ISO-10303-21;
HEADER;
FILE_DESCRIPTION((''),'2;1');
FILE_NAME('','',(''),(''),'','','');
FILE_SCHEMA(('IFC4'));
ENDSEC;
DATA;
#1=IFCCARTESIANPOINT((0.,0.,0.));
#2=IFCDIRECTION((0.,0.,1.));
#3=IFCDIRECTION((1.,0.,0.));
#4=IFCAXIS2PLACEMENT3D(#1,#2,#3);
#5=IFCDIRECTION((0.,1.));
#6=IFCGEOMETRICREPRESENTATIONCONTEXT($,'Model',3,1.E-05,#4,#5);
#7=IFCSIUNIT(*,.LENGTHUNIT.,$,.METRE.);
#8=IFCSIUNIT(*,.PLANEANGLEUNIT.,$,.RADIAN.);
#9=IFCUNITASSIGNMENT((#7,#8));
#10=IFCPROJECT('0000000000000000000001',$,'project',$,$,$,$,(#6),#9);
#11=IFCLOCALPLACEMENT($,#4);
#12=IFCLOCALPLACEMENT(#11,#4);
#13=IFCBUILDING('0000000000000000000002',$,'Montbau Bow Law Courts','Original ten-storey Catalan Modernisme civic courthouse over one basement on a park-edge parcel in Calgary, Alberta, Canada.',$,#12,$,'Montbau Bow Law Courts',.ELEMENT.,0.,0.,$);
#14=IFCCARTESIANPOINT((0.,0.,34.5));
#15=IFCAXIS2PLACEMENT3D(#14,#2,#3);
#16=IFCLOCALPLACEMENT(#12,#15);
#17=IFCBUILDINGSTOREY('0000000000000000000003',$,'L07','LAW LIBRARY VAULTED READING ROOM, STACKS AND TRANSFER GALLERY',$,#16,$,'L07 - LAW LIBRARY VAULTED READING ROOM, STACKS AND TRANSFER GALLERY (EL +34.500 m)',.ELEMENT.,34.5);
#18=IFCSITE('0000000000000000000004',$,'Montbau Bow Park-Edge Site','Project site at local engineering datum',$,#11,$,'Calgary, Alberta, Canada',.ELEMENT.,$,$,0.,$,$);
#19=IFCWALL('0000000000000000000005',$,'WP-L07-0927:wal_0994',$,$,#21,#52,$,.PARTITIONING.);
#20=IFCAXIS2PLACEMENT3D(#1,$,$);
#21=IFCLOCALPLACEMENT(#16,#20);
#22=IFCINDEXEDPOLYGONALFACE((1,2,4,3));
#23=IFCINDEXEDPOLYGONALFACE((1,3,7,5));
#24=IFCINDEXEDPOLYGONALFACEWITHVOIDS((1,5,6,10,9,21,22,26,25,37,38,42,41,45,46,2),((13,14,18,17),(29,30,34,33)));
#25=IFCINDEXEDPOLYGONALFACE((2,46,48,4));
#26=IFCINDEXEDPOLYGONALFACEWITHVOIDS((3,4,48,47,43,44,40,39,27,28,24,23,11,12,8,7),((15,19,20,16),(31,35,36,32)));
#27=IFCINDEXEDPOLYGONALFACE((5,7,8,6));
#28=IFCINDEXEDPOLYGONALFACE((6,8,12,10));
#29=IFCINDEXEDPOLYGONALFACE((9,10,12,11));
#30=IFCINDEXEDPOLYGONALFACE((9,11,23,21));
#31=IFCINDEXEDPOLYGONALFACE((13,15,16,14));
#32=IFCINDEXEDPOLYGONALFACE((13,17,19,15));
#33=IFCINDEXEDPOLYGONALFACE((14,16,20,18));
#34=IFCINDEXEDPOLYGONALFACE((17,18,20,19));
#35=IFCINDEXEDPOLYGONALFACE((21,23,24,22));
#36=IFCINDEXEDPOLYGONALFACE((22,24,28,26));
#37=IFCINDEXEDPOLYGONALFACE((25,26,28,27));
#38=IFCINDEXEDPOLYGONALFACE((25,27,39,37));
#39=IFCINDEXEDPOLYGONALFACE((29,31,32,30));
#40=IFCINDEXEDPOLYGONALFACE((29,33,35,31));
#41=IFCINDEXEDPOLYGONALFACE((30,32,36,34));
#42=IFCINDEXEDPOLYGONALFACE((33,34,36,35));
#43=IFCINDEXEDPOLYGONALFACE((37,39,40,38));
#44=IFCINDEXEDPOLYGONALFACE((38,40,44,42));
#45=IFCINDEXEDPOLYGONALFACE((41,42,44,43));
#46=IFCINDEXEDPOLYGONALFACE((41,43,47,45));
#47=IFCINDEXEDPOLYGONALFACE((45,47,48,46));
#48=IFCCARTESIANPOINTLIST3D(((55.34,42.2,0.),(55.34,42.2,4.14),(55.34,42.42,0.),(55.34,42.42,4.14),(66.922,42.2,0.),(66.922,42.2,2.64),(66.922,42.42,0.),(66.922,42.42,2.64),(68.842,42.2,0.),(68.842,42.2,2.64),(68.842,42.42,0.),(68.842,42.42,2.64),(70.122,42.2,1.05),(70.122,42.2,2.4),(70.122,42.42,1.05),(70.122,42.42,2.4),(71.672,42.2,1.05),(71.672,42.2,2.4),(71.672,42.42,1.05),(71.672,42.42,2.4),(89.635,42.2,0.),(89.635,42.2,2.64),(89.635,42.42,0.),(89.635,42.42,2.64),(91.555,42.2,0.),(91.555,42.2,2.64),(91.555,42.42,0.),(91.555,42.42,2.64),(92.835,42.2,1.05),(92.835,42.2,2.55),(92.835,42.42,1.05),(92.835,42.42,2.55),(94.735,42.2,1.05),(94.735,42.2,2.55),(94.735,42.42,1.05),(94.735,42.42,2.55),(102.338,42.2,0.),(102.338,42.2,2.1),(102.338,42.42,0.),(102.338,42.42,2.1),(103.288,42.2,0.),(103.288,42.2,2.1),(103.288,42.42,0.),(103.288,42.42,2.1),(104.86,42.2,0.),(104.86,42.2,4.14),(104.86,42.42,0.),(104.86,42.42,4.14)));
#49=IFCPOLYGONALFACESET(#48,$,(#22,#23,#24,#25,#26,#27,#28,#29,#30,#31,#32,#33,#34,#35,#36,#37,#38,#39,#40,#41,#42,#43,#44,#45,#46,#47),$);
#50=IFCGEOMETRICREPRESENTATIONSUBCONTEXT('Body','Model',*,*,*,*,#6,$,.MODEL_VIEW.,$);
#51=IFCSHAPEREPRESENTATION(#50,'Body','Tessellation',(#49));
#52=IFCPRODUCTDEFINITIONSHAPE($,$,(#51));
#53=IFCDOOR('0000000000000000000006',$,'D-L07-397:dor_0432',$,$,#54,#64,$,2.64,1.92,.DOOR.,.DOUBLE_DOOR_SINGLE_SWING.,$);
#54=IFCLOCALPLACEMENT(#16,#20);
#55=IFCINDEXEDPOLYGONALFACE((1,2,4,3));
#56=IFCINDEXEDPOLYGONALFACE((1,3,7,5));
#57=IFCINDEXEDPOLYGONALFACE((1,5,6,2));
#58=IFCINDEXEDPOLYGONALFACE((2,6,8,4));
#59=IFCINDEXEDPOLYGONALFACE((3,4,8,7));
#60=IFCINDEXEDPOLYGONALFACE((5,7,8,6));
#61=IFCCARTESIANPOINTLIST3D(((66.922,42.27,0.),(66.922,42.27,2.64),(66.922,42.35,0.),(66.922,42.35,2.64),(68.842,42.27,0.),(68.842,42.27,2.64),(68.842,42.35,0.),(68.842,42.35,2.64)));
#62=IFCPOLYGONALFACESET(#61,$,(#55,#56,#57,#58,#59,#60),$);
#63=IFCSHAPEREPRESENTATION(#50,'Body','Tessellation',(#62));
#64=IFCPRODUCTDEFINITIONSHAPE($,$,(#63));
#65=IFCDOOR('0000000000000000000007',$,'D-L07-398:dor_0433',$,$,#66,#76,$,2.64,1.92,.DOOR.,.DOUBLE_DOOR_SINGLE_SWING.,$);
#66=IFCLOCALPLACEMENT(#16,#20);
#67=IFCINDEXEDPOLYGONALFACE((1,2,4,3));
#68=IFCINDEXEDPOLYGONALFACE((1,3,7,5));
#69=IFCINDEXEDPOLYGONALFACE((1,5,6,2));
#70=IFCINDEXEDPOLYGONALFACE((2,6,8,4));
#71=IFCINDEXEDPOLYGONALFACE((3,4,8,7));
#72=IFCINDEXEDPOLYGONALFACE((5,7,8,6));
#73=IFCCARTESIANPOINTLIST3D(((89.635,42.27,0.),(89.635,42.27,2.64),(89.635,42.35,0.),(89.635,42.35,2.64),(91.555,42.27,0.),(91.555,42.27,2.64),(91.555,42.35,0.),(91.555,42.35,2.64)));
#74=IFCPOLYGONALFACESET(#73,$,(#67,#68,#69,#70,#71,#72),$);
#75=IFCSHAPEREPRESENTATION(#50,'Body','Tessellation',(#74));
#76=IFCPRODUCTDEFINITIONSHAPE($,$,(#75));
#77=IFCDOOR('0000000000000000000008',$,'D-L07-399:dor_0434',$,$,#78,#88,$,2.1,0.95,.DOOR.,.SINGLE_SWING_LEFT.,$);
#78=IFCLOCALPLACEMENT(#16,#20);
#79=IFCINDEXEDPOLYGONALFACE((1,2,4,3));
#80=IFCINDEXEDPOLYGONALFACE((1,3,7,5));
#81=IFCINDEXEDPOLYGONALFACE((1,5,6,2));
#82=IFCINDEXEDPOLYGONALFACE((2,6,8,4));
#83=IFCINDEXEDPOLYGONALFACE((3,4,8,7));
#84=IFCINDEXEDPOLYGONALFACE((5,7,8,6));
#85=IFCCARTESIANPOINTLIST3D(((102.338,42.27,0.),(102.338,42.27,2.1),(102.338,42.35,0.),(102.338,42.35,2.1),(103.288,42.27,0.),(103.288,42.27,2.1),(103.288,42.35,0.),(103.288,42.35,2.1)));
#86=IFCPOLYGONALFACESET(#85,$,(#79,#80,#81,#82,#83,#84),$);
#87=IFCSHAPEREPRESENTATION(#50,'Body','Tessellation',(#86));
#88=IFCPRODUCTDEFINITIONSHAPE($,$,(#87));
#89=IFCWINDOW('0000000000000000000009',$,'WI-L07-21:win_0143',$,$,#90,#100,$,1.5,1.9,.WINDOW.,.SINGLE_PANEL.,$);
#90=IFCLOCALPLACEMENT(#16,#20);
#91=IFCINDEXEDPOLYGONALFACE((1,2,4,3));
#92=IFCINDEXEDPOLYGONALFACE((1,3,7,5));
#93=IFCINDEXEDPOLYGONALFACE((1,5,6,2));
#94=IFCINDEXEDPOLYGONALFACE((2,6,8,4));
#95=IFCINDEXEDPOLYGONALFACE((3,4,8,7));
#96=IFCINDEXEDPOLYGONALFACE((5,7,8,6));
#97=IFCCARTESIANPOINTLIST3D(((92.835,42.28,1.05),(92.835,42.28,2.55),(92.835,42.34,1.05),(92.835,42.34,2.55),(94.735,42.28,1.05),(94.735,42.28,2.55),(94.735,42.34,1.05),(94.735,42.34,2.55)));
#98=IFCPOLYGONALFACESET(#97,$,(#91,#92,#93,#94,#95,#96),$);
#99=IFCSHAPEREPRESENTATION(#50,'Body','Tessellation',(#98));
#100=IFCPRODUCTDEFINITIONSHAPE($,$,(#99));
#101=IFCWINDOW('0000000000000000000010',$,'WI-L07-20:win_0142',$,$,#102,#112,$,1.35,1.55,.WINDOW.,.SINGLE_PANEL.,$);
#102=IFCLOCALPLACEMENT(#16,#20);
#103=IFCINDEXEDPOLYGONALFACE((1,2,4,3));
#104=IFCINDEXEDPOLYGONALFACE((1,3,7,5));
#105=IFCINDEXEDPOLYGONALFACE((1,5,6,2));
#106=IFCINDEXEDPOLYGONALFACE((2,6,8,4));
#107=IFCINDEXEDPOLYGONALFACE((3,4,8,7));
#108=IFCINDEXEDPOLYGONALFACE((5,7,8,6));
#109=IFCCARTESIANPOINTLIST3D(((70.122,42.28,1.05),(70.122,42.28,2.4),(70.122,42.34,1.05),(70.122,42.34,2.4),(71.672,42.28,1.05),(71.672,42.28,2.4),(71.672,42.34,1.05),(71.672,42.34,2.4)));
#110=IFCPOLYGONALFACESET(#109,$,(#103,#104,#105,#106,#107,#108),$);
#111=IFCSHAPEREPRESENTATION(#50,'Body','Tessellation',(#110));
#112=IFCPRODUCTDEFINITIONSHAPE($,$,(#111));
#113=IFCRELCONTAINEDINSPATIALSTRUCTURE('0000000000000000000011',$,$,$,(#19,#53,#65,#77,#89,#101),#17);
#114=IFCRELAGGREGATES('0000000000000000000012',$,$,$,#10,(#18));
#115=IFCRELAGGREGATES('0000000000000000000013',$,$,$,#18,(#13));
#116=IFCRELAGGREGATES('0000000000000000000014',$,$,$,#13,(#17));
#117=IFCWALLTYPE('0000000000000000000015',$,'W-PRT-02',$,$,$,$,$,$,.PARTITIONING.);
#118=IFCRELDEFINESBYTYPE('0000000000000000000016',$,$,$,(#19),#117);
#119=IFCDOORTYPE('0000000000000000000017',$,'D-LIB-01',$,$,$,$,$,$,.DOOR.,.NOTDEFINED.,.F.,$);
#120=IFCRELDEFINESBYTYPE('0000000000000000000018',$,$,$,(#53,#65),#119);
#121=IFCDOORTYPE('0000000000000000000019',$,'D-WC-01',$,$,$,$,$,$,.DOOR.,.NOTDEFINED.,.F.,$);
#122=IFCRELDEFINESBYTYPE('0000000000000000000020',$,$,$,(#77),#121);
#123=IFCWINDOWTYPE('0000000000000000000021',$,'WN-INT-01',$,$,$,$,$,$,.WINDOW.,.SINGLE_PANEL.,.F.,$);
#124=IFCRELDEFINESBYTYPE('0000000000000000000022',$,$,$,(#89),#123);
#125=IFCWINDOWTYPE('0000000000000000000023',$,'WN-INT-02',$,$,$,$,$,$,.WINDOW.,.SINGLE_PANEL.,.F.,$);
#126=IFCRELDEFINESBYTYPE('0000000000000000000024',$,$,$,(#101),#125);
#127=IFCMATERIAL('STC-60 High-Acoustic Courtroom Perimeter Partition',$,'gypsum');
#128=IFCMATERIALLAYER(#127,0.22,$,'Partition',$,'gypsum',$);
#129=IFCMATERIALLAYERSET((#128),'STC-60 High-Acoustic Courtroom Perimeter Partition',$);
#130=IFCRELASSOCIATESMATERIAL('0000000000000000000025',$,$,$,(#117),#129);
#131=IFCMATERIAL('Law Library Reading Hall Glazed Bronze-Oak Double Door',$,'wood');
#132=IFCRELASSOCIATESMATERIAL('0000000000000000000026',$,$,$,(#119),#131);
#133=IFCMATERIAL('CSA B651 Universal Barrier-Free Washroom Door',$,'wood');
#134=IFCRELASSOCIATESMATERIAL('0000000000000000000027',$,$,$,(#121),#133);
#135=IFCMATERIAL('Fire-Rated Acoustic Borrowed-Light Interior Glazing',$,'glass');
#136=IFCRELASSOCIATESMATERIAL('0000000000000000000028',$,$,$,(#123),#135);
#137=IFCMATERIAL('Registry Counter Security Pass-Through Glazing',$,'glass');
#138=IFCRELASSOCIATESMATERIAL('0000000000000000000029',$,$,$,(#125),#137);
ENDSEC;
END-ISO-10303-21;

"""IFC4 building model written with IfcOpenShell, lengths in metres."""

from ifc_helpers import new_model, si_unit, direction, frame, frame_2d, origin_with_axes, place, context, subcontext, project, spatial, rectangle, extrude, material, layer, layer_set, type_object, element, fill, save


model = new_model("IFC4")

# Units and contexts
model_context = context("Model", 3, precision=1e-05, world=origin_with_axes(), true_north=direction((0.0, 1.0)))
body_context = subcontext(model_context, "Body", "Model", "MODEL_VIEW")
ifc_project = project(units=[si_unit("LENGTHUNIT", "METRE"), si_unit("PLANEANGLEUNIT", "RADIAN")], contexts=[model_context])

# Site, building, storey
site_placement = place(None, origin_with_axes())
site = spatial("IfcSite", under=ifc_project, at=site_placement, Name="Montbau Bow Park-Edge Site", Description="Project site at local engineering datum", LongName="Calgary, Alberta, Canada", CompositionType="ELEMENT", RefElevation=0.0)
building_placement = place(site_placement, origin_with_axes())
building = spatial("IfcBuilding", under=site, at=building_placement, Name="Montbau Bow Law Courts", Description="Original ten-storey Catalan Modernisme civic courthouse over one basement on a park-edge parcel in Calgary, Alberta, Canada.", LongName="Montbau Bow Law Courts", CompositionType="ELEMENT", ElevationOfRefHeight=0.0, ElevationOfTerrain=0.0)
storey_placement = place(building_placement, frame((0.0, 0.0, 34.5), z_axis=(0.0, 0.0, 1.0), x_axis=(1.0, 0.0, 0.0)))
storey = spatial("IfcBuildingStorey", under=building, at=storey_placement, Name="L07", Description="LAW LIBRARY VAULTED READING ROOM, STACKS AND TRANSFER GALLERY", LongName="L07 - LAW LIBRARY VAULTED READING ROOM, STACKS AND TRANSFER GALLERY (EL +34.500 m)", CompositionType="ELEMENT", Elevation=34.5)

# Wall, openings, doors, windows
ifc_material_1 = material(Name="STC-60 High-Acoustic Courtroom Perimeter Partition", Category="gypsum")
ifc_layer_1 = layer(ifc_material_1, 0.22, Name="Partition", Category="gypsum")
ifc_layer_set_1 = layer_set([ifc_layer_1], Name="STC-60 High-Acoustic Courtroom Perimeter Partition")
wall_type = type_object("IfcWallType", Name="W-PRT-02", PredefinedType="PARTITIONING", material=ifc_layer_set_1)
wall_placement = place(None, frame((55.34, 42.31, 34.5), z_axis=(0.0, 0.0, 1.0), x_axis=(1.0, 0.0, 0.0)))
wall = element("IfcWall", 1, at=wall_placement, inside=storey, type_object=wall_type, Name="WP-L07-0927:wal_0994", PredefinedType="PARTITIONING", context=body_context, shape_type="SweptSolid", body=[
    extrude(rectangle(XDim=49.52, YDim=0.22, at=frame_2d((24.76, 0.0), x_axis=(1.0, 0.0))), origin_with_axes(), (0.0, 0.0, 1.0), 4.14),
])
opening_1_placement = place(None, frame((67.882, 42.31, 34.5), z_axis=(0.0, 0.0, 1.0), x_axis=(1.0, 0.0, 0.0)))
opening_1 = element("IfcOpeningElement", 2, at=opening_1_placement, cuts=wall, PredefinedType="OPENING", context=body_context, shape_type="SweptSolid", body=[
    extrude(rectangle(XDim=1.92, YDim=2.64, at=frame_2d((0.0, 1.32), x_axis=(1.0, 0.0))), frame((0.0, 0.12, 0.0), z_axis=(0.0, -1.0, 0.0), x_axis=(1.0, 0.0, 0.0)), (0.0, 0.0, 1.0), 0.24),
])
opening_2_placement = place(None, frame((90.595, 42.31, 34.5), z_axis=(0.0, 0.0, 1.0), x_axis=(1.0, 0.0, 0.0)))
opening_2 = element("IfcOpeningElement", 3, at=opening_2_placement, cuts=wall, PredefinedType="OPENING", context=body_context, shape_type="SweptSolid", body=[
    extrude(rectangle(XDim=1.92, YDim=2.64, at=frame_2d((0.0, 1.32), x_axis=(1.0, 0.0))), frame((0.0, 0.12, 0.0), z_axis=(0.0, -1.0, 0.0), x_axis=(1.0, 0.0, 0.0)), (0.0, 0.0, 1.0), 0.24),
])
opening_3_placement = place(None, frame((102.813, 42.31, 34.5), z_axis=(0.0, 0.0, 1.0), x_axis=(1.0, 0.0, 0.0)))
opening_3 = element("IfcOpeningElement", 4, at=opening_3_placement, cuts=wall, PredefinedType="OPENING", context=body_context, shape_type="SweptSolid", body=[
    extrude(rectangle(XDim=0.95, YDim=2.1, at=frame_2d((0.0, 1.05), x_axis=(1.0, 0.0))), frame((0.0, 0.12, 0.0), z_axis=(0.0, -1.0, 0.0), x_axis=(1.0, 0.0, 0.0)), (0.0, 0.0, 1.0), 0.24),
])
opening_4_placement = place(None, frame((70.897, 42.31, 35.55), z_axis=(0.0, 0.0, 1.0), x_axis=(1.0, 0.0, 0.0)))
opening_4 = element("IfcOpeningElement", 5, at=opening_4_placement, cuts=wall, PredefinedType="OPENING", context=body_context, shape_type="SweptSolid", body=[
    extrude(rectangle(XDim=1.55, YDim=1.35, at=frame_2d((0.0, 0.675), x_axis=(1.0, 0.0))), frame((0.0, 0.12, 0.0), z_axis=(0.0, -1.0, 0.0), x_axis=(1.0, 0.0, 0.0)), (0.0, 0.0, 1.0), 0.24),
])
opening_5_placement = place(None, frame((93.785, 42.31, 35.55), z_axis=(0.0, 0.0, 1.0), x_axis=(1.0, 0.0, 0.0)))
opening_5 = element("IfcOpeningElement", 6, at=opening_5_placement, cuts=wall, PredefinedType="OPENING", context=body_context, shape_type="SweptSolid", body=[
    extrude(rectangle(XDim=1.9, YDim=1.5, at=frame_2d((0.0, 0.75), x_axis=(1.0, 0.0))), frame((0.0, 0.12, 0.0), z_axis=(0.0, -1.0, 0.0), x_axis=(1.0, 0.0, 0.0)), (0.0, 0.0, 1.0), 0.24),
])
ifc_material_2 = material(Name="Law Library Reading Hall Glazed Bronze-Oak Double Door", Category="wood")
door_type_1 = type_object("IfcDoorType", Name="D-LIB-01", OperationType="NOTDEFINED", ParameterTakesPrecedence=False, PredefinedType="DOOR", material=ifc_material_2)
door_1_placement = place(None, frame((67.882, 42.31, 34.5), z_axis=(0.0, 0.0, 1.0), x_axis=(1.0, 0.0, 0.0)))
door_1 = element("IfcDoor", 7, at=door_1_placement, inside=storey, type_object=door_type_1, Name="D-L07-397:dor_0432", OperationType="DOUBLE_DOOR_SINGLE_SWING", OverallHeight=2.64, OverallWidth=1.92, PredefinedType="DOOR", context=body_context, shape_type="SweptSolid", body=[
    extrude(rectangle(XDim=1.92, YDim=2.64, at=frame_2d((0.0, 1.32), x_axis=(1.0, 0.0))), frame((0.0, 0.04, 0.0), z_axis=(0.0, -1.0, 0.0), x_axis=(1.0, 0.0, 0.0)), (0.0, 0.0, 1.0), 0.08),
])
fill(opening_1, door_1)
door_2_placement = place(None, frame((90.595, 42.31, 34.5), z_axis=(0.0, 0.0, 1.0), x_axis=(1.0, 0.0, 0.0)))
door_2 = element("IfcDoor", 8, at=door_2_placement, inside=storey, type_object=door_type_1, Name="D-L07-398:dor_0433", OperationType="DOUBLE_DOOR_SINGLE_SWING", OverallHeight=2.64, OverallWidth=1.92, PredefinedType="DOOR", context=body_context, shape_type="SweptSolid", body=[
    extrude(rectangle(XDim=1.92, YDim=2.64, at=frame_2d((0.0, 1.32), x_axis=(1.0, 0.0))), frame((0.0, 0.04, 0.0), z_axis=(0.0, -1.0, 0.0), x_axis=(1.0, 0.0, 0.0)), (0.0, 0.0, 1.0), 0.08),
])
fill(opening_2, door_2)
ifc_material_3 = material(Name="CSA B651 Universal Barrier-Free Washroom Door", Category="wood")
door_type_2 = type_object("IfcDoorType", Name="D-WC-01", OperationType="NOTDEFINED", ParameterTakesPrecedence=False, PredefinedType="DOOR", material=ifc_material_3)
door_3_placement = place(None, frame((102.813, 42.31, 34.5), z_axis=(0.0, 0.0, 1.0), x_axis=(1.0, 0.0, 0.0)))
door_3 = element("IfcDoor", 9, at=door_3_placement, inside=storey, type_object=door_type_2, Name="D-L07-399:dor_0434", OperationType="SINGLE_SWING_LEFT", OverallHeight=2.1, OverallWidth=0.95, PredefinedType="DOOR", context=body_context, shape_type="SweptSolid", body=[
    extrude(rectangle(XDim=0.95, YDim=2.1, at=frame_2d((0.0, 1.05), x_axis=(1.0, 0.0))), frame((0.0, 0.04, 0.0), z_axis=(0.0, -1.0, 0.0), x_axis=(1.0, 0.0, 0.0)), (0.0, 0.0, 1.0), 0.08),
])
fill(opening_3, door_3)
ifc_material_4 = material(Name="Fire-Rated Acoustic Borrowed-Light Interior Glazing", Category="glass")
window_type_1 = type_object("IfcWindowType", Name="WN-INT-01", ParameterTakesPrecedence=False, PartitioningType="SINGLE_PANEL", PredefinedType="WINDOW", material=ifc_material_4)
window_1_placement = place(None, frame((93.785, 42.31, 35.55), z_axis=(0.0, 0.0, 1.0), x_axis=(1.0, 0.0, 0.0)))
window_1 = element("IfcWindow", 10, at=window_1_placement, inside=storey, type_object=window_type_1, Name="WI-L07-21:win_0143", OverallHeight=1.5, OverallWidth=1.9, PartitioningType="SINGLE_PANEL", PredefinedType="WINDOW", context=body_context, shape_type="SweptSolid", body=[
    extrude(rectangle(XDim=1.9, YDim=1.5, at=frame_2d((0.0, 0.75), x_axis=(1.0, 0.0))), frame((0.0, 0.03, 0.0), z_axis=(0.0, -1.0, 0.0), x_axis=(1.0, 0.0, 0.0)), (0.0, 0.0, 1.0), 0.06),
])
fill(opening_5, window_1)
ifc_material_5 = material(Name="Registry Counter Security Pass-Through Glazing", Category="glass")
window_type_2 = type_object("IfcWindowType", Name="WN-INT-02", ParameterTakesPrecedence=False, PartitioningType="SINGLE_PANEL", PredefinedType="WINDOW", material=ifc_material_5)
window_2_placement = place(None, frame((70.897, 42.31, 35.55), z_axis=(0.0, 0.0, 1.0), x_axis=(1.0, 0.0, 0.0)))
window_2 = element("IfcWindow", 11, at=window_2_placement, inside=storey, type_object=window_type_2, Name="WI-L07-20:win_0142", OverallHeight=1.35, OverallWidth=1.55, PartitioningType="SINGLE_PANEL", PredefinedType="WINDOW", context=body_context, shape_type="SweptSolid", body=[
    extrude(rectangle(XDim=1.55, YDim=1.35, at=frame_2d((0.0, 0.675), x_axis=(1.0, 0.0))), frame((0.0, 0.03, 0.0), z_axis=(0.0, -1.0, 0.0), x_axis=(1.0, 0.0, 0.0)), (0.0, 0.0, 1.0), 0.06),
])
fill(opening_4, window_2)

save(model, "model.ifc")
